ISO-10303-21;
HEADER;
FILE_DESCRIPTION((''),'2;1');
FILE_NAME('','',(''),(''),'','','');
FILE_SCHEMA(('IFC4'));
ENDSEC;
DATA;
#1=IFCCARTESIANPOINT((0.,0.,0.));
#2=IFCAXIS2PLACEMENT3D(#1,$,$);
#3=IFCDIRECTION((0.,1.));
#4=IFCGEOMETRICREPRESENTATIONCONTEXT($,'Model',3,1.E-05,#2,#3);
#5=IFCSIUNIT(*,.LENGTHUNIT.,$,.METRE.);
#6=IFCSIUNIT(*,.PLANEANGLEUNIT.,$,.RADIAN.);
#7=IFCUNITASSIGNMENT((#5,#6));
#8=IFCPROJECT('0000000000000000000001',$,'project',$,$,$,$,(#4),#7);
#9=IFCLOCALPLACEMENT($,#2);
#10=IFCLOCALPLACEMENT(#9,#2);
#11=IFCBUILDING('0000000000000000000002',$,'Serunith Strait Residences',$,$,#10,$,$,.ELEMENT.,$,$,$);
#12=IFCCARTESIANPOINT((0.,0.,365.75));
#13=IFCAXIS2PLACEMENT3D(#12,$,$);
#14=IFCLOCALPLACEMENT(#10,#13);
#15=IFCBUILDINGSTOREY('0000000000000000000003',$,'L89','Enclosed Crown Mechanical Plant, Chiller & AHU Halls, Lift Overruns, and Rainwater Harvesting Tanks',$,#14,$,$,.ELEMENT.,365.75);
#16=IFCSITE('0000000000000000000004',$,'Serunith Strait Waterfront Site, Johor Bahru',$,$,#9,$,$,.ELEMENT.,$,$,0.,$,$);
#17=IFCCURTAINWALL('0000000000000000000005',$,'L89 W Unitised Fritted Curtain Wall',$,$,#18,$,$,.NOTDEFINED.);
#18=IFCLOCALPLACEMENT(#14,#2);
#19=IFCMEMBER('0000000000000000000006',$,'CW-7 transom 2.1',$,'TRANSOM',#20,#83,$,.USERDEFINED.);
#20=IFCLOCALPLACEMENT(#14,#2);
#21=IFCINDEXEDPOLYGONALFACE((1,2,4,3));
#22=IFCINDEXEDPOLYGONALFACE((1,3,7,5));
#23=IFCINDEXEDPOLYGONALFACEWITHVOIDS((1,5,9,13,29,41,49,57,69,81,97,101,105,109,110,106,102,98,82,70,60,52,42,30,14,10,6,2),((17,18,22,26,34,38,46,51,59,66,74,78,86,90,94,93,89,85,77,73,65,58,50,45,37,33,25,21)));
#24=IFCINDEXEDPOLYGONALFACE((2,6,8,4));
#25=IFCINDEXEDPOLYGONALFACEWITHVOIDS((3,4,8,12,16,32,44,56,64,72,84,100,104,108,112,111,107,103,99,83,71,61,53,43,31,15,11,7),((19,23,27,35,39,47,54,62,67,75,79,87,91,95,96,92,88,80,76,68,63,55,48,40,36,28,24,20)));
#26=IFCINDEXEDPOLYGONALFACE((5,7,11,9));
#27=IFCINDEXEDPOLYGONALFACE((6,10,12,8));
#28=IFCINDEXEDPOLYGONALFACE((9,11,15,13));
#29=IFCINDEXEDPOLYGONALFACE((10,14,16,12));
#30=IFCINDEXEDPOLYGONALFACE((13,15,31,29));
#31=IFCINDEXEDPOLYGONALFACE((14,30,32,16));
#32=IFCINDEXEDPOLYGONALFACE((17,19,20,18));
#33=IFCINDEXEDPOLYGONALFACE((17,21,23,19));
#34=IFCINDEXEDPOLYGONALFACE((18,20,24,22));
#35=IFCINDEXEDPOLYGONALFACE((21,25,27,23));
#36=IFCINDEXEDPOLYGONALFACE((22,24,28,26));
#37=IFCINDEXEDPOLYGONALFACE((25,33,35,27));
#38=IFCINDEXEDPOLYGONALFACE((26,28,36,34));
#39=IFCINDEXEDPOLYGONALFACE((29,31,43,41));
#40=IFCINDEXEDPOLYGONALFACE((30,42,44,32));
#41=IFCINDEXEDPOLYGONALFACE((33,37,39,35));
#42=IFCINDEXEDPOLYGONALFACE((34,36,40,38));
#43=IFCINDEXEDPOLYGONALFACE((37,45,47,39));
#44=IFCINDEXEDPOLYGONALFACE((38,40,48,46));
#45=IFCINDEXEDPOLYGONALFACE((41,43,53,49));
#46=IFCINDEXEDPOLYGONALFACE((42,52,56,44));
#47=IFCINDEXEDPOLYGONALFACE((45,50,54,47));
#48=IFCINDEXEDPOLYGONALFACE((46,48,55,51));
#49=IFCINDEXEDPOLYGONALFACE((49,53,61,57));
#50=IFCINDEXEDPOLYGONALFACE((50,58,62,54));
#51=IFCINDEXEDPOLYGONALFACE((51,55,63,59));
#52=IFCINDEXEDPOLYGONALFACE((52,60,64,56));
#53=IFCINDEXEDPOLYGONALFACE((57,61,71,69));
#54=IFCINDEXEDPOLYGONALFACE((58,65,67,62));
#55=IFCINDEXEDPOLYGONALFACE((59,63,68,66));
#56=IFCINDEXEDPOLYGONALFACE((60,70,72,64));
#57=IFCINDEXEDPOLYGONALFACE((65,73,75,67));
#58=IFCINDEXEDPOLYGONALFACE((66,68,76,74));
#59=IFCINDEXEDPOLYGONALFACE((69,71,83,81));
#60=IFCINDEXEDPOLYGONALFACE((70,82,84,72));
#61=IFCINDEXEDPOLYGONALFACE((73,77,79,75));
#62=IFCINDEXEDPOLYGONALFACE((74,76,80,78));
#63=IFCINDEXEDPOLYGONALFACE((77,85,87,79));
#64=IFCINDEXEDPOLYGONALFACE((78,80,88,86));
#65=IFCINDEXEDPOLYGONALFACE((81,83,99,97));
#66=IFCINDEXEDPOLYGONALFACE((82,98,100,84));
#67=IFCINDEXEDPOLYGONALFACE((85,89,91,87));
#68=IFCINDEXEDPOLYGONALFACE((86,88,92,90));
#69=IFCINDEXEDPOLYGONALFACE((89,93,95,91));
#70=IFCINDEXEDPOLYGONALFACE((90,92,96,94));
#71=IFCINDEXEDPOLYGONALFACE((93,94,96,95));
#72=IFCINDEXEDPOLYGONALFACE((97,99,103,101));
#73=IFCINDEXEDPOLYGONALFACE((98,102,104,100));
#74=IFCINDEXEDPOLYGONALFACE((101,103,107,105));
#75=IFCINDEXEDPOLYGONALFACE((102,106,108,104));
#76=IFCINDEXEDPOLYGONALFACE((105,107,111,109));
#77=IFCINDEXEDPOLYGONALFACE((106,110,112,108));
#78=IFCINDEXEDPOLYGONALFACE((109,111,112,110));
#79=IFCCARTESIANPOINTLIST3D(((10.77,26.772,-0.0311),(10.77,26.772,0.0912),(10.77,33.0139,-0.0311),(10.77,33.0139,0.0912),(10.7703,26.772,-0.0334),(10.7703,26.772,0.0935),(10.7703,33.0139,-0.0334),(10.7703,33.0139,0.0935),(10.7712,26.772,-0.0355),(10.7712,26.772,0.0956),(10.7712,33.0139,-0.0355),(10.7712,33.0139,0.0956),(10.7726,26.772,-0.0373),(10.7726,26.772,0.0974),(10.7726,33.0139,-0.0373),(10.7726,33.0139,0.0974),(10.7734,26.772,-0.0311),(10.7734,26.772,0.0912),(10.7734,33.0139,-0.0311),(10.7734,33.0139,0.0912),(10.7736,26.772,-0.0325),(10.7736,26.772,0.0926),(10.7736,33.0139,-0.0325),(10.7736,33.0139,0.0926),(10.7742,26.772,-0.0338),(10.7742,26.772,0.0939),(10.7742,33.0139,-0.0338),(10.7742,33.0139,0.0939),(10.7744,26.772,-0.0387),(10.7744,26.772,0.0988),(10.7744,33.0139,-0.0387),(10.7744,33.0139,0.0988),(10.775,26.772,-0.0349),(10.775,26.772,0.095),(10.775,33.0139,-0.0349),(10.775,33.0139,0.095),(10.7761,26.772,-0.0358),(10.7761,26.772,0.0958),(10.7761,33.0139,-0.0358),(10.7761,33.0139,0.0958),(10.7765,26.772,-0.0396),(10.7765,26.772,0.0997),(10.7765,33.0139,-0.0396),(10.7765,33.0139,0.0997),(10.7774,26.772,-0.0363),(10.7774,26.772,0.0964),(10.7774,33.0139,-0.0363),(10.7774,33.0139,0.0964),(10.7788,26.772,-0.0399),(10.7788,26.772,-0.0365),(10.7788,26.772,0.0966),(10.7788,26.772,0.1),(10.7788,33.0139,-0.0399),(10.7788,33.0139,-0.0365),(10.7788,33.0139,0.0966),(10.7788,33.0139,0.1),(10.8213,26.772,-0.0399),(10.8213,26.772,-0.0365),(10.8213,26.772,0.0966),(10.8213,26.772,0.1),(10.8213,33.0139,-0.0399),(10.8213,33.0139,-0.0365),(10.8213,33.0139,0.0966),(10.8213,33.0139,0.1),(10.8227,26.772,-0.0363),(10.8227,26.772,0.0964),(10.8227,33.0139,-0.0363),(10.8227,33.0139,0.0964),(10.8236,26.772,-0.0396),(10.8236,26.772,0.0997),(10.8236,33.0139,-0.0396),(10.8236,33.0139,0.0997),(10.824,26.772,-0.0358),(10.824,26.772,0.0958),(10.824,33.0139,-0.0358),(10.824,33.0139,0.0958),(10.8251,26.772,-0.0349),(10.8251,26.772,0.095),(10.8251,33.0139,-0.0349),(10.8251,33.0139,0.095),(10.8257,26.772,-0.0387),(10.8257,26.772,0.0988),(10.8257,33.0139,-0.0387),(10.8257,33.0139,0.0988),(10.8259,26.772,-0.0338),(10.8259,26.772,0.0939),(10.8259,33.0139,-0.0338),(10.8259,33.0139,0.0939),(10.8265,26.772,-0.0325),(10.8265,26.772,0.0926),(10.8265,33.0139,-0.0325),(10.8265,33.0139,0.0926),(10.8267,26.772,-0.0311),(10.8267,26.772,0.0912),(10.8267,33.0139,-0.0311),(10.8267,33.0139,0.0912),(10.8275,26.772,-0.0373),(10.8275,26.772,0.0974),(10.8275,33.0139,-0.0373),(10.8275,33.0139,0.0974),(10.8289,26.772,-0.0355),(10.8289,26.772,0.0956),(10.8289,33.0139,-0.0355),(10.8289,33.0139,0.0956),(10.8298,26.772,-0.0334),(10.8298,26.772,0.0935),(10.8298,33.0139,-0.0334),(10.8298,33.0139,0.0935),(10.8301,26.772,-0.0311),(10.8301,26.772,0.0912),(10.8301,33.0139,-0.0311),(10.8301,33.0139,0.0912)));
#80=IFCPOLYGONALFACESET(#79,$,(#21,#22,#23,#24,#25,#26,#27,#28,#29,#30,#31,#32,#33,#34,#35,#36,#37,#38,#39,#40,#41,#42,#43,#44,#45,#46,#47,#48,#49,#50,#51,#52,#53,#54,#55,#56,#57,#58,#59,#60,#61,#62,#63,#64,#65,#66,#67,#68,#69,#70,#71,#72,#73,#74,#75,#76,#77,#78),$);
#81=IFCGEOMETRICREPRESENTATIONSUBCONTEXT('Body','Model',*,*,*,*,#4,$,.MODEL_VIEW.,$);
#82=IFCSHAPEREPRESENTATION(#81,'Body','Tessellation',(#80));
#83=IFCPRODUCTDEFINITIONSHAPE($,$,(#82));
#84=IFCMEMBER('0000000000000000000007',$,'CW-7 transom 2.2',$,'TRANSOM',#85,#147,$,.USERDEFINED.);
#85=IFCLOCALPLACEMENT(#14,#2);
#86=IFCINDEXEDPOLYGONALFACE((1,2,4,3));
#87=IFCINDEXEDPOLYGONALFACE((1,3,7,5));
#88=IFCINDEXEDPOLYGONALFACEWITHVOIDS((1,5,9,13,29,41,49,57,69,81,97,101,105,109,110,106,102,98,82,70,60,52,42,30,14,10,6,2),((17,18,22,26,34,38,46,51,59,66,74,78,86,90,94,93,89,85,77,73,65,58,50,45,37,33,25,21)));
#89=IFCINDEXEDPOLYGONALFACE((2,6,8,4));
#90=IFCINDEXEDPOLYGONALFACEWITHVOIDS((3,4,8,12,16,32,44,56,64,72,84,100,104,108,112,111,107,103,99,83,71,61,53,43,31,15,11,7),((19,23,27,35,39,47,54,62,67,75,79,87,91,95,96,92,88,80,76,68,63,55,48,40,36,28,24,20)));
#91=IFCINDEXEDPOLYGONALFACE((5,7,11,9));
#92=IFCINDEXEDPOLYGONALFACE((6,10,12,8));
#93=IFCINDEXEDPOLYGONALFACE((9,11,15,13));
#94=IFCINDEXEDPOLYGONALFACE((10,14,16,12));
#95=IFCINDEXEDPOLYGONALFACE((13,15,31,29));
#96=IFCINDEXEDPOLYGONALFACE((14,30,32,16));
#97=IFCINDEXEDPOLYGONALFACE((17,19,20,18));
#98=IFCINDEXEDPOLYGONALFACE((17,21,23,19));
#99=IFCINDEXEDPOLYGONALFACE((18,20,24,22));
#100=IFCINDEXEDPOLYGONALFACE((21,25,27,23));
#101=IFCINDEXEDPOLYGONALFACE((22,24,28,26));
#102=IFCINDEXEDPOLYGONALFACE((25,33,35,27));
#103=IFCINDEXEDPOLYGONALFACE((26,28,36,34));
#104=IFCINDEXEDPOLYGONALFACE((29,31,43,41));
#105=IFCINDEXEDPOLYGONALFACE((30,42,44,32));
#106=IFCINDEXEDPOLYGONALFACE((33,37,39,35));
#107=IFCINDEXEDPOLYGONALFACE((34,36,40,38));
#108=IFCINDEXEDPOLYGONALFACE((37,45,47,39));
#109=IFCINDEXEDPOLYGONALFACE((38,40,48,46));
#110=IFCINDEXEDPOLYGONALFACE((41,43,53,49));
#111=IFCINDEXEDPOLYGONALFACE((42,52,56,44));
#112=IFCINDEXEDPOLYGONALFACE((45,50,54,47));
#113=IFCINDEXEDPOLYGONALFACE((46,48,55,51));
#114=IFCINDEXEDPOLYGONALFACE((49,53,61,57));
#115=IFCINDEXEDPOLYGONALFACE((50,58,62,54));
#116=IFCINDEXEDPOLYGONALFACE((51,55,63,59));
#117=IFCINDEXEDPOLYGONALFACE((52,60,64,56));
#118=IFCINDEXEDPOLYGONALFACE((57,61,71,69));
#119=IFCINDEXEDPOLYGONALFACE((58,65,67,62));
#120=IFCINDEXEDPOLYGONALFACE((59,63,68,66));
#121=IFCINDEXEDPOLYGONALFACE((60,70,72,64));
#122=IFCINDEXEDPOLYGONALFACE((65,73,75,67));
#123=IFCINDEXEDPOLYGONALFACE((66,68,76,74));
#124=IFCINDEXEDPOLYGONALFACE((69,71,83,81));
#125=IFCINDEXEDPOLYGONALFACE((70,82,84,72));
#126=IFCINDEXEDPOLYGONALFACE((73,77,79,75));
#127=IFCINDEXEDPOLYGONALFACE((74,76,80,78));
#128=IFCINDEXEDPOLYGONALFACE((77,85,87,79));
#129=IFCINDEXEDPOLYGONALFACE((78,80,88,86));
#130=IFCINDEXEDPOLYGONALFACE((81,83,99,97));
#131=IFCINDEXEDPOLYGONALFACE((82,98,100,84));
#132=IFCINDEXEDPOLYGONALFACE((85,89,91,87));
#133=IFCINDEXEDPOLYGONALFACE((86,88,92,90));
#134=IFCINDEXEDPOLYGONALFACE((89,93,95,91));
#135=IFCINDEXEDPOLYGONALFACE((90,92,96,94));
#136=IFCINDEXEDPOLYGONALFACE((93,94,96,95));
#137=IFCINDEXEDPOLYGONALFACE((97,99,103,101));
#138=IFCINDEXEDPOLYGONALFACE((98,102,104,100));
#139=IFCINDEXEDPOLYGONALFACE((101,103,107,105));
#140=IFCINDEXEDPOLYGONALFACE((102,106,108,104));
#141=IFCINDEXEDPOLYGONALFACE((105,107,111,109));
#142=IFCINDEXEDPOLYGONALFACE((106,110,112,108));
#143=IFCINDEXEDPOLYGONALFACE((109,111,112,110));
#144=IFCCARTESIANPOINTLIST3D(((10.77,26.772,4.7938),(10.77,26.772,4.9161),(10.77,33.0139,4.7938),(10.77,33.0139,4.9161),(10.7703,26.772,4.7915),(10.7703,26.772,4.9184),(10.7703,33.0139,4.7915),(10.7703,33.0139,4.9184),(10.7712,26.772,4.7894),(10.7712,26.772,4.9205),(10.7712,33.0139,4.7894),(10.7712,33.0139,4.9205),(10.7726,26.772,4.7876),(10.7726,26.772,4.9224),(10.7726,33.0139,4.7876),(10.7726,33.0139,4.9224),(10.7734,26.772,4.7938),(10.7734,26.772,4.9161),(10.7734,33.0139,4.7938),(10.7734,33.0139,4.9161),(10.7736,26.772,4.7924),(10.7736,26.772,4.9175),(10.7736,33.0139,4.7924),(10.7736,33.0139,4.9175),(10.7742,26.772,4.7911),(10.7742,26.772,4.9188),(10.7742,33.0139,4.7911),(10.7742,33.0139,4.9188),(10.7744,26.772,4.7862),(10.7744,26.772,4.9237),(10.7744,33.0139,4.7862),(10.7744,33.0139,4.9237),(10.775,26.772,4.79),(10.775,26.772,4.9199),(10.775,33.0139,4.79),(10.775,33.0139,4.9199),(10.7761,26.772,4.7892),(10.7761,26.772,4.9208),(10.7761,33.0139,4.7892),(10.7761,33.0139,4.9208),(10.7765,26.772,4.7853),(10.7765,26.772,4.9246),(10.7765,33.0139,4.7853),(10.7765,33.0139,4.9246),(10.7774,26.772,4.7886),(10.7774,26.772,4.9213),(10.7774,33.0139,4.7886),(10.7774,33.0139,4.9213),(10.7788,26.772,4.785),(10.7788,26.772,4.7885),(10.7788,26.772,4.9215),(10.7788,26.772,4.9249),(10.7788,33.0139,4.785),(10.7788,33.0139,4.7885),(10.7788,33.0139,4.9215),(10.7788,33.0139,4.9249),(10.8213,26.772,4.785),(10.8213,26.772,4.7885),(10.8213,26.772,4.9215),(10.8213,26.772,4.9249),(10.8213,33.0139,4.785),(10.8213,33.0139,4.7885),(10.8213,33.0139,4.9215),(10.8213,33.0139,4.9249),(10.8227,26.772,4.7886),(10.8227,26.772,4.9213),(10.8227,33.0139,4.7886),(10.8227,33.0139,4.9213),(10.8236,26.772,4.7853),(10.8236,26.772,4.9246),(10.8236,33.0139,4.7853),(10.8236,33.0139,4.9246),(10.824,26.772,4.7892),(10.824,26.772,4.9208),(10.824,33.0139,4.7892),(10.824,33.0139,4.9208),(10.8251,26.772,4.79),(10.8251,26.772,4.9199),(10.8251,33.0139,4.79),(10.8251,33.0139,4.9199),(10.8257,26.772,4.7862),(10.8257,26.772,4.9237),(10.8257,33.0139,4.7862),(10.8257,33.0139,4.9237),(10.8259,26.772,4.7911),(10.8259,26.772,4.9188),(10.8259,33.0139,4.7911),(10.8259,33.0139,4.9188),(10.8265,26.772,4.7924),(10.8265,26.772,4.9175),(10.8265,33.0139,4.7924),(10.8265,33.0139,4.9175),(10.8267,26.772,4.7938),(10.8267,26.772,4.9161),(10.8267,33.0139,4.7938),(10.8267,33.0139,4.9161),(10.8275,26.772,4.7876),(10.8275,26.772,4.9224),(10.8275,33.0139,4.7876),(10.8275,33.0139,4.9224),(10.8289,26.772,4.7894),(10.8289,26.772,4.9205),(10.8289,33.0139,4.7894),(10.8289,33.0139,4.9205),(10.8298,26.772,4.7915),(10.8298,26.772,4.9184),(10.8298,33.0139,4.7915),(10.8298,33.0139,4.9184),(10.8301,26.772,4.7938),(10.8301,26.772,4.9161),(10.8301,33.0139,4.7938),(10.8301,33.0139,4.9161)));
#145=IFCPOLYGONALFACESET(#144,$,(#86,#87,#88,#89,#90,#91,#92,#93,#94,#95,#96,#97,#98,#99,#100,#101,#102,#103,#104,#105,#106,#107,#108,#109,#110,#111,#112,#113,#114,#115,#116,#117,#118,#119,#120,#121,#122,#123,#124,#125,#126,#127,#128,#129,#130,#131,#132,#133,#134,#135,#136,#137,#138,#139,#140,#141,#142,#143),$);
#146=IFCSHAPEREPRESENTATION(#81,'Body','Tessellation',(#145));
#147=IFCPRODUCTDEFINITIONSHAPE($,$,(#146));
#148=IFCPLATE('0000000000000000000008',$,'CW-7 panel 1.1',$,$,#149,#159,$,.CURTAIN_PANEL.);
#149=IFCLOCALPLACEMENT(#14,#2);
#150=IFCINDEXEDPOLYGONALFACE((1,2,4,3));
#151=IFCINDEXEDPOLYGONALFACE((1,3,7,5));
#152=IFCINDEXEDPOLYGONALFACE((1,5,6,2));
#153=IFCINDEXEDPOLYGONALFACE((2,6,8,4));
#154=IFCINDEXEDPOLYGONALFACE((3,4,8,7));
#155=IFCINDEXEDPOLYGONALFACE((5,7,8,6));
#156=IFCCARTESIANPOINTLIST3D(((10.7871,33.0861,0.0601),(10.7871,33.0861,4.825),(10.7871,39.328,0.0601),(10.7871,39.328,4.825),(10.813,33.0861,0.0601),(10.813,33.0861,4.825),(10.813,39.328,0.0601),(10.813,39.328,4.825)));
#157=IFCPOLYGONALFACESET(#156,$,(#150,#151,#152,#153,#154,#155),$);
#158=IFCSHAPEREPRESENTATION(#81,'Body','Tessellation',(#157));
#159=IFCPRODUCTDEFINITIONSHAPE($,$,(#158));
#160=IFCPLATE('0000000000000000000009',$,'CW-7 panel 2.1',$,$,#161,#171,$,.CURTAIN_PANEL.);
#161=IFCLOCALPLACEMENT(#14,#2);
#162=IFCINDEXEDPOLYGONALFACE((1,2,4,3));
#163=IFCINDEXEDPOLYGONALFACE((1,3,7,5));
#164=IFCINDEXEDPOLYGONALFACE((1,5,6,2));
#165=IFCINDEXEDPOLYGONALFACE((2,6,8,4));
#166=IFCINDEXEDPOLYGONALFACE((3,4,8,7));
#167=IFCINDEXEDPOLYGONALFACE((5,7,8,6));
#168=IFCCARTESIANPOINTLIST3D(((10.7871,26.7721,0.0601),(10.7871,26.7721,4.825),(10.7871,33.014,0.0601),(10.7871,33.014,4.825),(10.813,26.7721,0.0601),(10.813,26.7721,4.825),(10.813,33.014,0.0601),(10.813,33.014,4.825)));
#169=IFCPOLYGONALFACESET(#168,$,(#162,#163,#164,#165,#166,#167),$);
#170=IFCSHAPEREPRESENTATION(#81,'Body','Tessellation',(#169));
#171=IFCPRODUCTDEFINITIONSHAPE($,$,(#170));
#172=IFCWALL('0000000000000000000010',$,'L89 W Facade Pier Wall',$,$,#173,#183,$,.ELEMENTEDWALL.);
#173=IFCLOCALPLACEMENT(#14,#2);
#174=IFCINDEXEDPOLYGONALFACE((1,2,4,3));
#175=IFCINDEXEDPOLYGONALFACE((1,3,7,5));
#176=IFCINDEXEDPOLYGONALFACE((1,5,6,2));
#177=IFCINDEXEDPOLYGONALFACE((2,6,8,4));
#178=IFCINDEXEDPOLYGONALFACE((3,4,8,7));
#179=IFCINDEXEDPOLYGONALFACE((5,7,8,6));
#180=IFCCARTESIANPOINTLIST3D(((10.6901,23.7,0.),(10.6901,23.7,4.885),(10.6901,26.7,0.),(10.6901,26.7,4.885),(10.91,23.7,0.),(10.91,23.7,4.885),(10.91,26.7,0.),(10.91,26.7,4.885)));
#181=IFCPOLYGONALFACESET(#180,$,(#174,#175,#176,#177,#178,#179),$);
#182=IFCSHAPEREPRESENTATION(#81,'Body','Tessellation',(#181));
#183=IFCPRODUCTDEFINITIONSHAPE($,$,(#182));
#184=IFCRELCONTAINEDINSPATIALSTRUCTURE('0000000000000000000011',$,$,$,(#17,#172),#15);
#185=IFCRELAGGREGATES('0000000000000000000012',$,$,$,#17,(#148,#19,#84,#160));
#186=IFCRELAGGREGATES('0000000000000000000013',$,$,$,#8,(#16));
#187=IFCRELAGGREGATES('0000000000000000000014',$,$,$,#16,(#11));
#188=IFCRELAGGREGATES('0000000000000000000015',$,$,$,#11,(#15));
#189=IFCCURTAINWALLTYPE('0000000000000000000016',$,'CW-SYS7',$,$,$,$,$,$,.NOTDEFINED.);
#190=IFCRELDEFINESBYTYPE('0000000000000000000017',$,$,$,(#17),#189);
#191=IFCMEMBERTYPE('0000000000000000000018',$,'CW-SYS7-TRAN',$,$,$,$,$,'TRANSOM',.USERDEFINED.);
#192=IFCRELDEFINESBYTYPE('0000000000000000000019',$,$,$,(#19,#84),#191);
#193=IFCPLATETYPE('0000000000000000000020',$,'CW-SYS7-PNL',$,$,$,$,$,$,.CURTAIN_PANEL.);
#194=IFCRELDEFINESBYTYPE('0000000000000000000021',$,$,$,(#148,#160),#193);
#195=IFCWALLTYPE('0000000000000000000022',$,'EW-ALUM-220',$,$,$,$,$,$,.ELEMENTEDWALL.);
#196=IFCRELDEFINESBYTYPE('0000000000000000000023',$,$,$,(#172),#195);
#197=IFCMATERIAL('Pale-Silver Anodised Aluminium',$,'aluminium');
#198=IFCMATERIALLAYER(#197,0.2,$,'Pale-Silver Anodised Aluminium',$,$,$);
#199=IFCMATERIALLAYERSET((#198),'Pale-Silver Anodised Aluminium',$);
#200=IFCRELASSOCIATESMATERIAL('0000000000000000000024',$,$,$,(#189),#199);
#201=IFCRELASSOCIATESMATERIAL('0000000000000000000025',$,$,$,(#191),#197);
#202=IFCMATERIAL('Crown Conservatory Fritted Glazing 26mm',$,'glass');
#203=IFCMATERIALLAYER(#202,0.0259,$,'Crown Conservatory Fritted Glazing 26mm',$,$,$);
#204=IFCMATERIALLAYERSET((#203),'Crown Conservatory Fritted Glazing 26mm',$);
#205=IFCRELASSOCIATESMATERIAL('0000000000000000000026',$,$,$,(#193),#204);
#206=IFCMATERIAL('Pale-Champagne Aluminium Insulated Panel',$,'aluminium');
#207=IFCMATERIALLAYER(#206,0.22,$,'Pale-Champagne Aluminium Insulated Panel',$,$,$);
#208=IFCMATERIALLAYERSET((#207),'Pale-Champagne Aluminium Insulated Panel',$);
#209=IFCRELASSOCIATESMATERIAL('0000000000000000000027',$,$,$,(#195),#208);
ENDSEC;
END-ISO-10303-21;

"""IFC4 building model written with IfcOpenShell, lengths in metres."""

from ifc_helpers import new_model, si_unit, direction, frame, frame_2d, origin, origin_2d, place, context, subcontext, project, spatial, rectangle, hollow_rectangle, extrude, source, transform, mapped, material, layer, layer_set, material_profile, profile_set, type_object, element, aggregate, save


model = new_model("IFC4")

# Units and contexts
model_context = context("Model", 3, precision=1e-05, world=origin(), true_north=direction((0.0, 1.0)))
body_context = subcontext(model_context, "Body", "Model", "MODEL_VIEW")
ifc_project = project(units=[si_unit("LENGTHUNIT", "METRE"), si_unit("PLANEANGLEUNIT", "RADIAN")], contexts=[model_context])

# Site, building, storey
site_placement = place(None, origin())
site = spatial("IfcSite", under=ifc_project, at=site_placement, Name="Serunith Strait Waterfront Site, Johor Bahru", CompositionType="ELEMENT", RefElevation=0.0)
building_placement = place(site_placement, origin())
building = spatial("IfcBuilding", under=site, at=building_placement, Name="Serunith Strait Residences", CompositionType="ELEMENT")
storey_placement = place(building_placement, frame((0.0, 0.0, 365.75)))
storey = spatial("IfcBuildingStorey", under=building, at=storey_placement, Name="L89", Description="Enclosed Crown Mechanical Plant, Chiller & AHU Halls, Lift Overruns, and Rainwater Harvesting Tanks", CompositionType="ELEMENT", Elevation=365.75)

# Curtain wall
ifc_material_1 = material(Name="Pale-Silver Anodised Aluminium", Category="aluminium")
ifc_layer_1 = layer(ifc_material_1, 0.2, Name="Pale-Silver Anodised Aluminium")
ifc_layer_set_1 = layer_set([ifc_layer_1], Name="Pale-Silver Anodised Aluminium")
curtain_wall_type = type_object("IfcCurtainWallType", Name="CW-SYS7", PredefinedType="NOTDEFINED", material=ifc_layer_set_1)
curtain_wall_1_placement = place(storey_placement, origin())
curtain_wall_1 = element("IfcCurtainWall", 1, at=curtain_wall_1_placement, inside=storey, type_object=curtain_wall_type, Name="L89 W Unitised Fritted Curtain Wall", PredefinedType="NOTDEFINED")

# Members
ifc_material_profile_1 = material_profile(ifc_material_1, hollow_rectangle(XDim=0.0601, YDim=0.1399, WallThickness=0.0034, InnerFilletRadius=0.0054, OuterFilletRadius=0.0088, at=origin_2d()), Name="ALU 140x60x3.5")
ifc_profile_set_1 = profile_set([ifc_material_profile_1], Name="Pale-Silver Anodised Aluminium")
member_type_1 = type_object("IfcMemberType", Name="CW-SYS7-TRAN", ElementType="TRANSOM", PredefinedType="USERDEFINED", material=ifc_profile_set_1)
shared_shape_1 = source(origin(), body_context, "Body", "SweptSolid", [
    extrude(hollow_rectangle(XDim=0.0601, YDim=0.1399, WallThickness=0.0034, InnerFilletRadius=0.0054, OuterFilletRadius=0.0088, at=origin_2d()), origin(), (0.0, 0.0, 1.0), 6.2419),
])
member_1_placement = place(storey_placement, frame((10.8, 33.0139, 0.03), z_axis=(0.0, -1.0, 0.0), x_axis=(1.0, 0.0, 0.0)))
member_1 = element("IfcMember", 2, at=member_1_placement, type_object=member_type_1, Name="CW-7 transom 2.1", ObjectType="TRANSOM", PredefinedType="USERDEFINED", context=body_context, shape_type="MappedRepresentation", body=[
    mapped(shared_shape_1, transform((0.0, 0.0, 0.0), scale=1.0)),
])
member_2_placement = place(storey_placement, frame((10.8, 33.0139, 4.855), z_axis=(0.0, -1.0, 0.0), x_axis=(1.0, 0.0, 0.0)))
member_2 = element("IfcMember", 3, at=member_2_placement, type_object=member_type_1, Name="CW-7 transom 2.2", ObjectType="TRANSOM", PredefinedType="USERDEFINED", context=body_context, shape_type="MappedRepresentation", body=[
    mapped(shared_shape_1, transform((0.0, 0.0, 0.0), scale=1.0)),
])

# Plates
ifc_material_2 = material(Name="Crown Conservatory Fritted Glazing 26mm", Category="glass")
ifc_layer_2 = layer(ifc_material_2, 0.0259, Name="Crown Conservatory Fritted Glazing 26mm")
ifc_layer_set_2 = layer_set([ifc_layer_2], Name="Crown Conservatory Fritted Glazing 26mm")
plate_type = type_object("IfcPlateType", Name="CW-SYS7-PNL", PredefinedType="CURTAIN_PANEL", material=ifc_layer_set_2)
shared_shape_2 = source(origin(), body_context, "Body", "SweptSolid", [
    extrude(rectangle(XDim=6.2419, YDim=0.0259, at=origin_2d()), origin(), (0.0, 0.0, 1.0), 4.7649),
])
plate_1_placement = place(storey_placement, frame((10.8, 36.207, 0.0601), z_axis=(0.0, 0.0, 1.0), x_axis=(0.0, -1.0, 0.0)))
plate_1 = element("IfcPlate", 4, at=plate_1_placement, type_object=plate_type, Name="CW-7 panel 1.1", PredefinedType="CURTAIN_PANEL", context=body_context, shape_type="MappedRepresentation", body=[
    mapped(shared_shape_2, transform((0.0, 0.0, 0.0), scale=1.0)),
])
plate_2_placement = place(storey_placement, frame((10.8, 29.8931, 0.0601), z_axis=(0.0, 0.0, 1.0), x_axis=(0.0, -1.0, 0.0)))
plate_2 = element("IfcPlate", 5, at=plate_2_placement, type_object=plate_type, Name="CW-7 panel 2.1", PredefinedType="CURTAIN_PANEL", context=body_context, shape_type="MappedRepresentation", body=[
    mapped(shared_shape_2, transform((0.0, 0.0, 0.0), scale=1.0)),
])
aggregate(curtain_wall_1, [plate_1, member_1, member_2, plate_2])

# Wall
ifc_material_3 = material(Name="Pale-Champagne Aluminium Insulated Panel", Category="aluminium")
ifc_layer_3 = layer(ifc_material_3, 0.22, Name="Pale-Champagne Aluminium Insulated Panel")
ifc_layer_set_3 = layer_set([ifc_layer_3], Name="Pale-Champagne Aluminium Insulated Panel")
wall_type_1 = type_object("IfcWallType", Name="EW-ALUM-220", PredefinedType="ELEMENTEDWALL", material=ifc_layer_set_3)
wall_1_placement = place(storey_placement, frame((10.8, 26.7, 0.0), z_axis=(0.0, 0.0, 1.0), x_axis=(0.0, -1.0, 0.0)))
element("IfcWall", 6, at=wall_1_placement, inside=storey, type_object=wall_type_1, Name="L89 W Facade Pier Wall", PredefinedType="ELEMENTEDWALL", context=body_context, shape_type="SweptSolid", body=[
    extrude(rectangle(XDim=3.0, YDim=0.22, at=frame_2d((1.5, 0.0))), origin(), (0.0, 0.0, 1.0), 4.885),
])

save(model, "model.ifc")
